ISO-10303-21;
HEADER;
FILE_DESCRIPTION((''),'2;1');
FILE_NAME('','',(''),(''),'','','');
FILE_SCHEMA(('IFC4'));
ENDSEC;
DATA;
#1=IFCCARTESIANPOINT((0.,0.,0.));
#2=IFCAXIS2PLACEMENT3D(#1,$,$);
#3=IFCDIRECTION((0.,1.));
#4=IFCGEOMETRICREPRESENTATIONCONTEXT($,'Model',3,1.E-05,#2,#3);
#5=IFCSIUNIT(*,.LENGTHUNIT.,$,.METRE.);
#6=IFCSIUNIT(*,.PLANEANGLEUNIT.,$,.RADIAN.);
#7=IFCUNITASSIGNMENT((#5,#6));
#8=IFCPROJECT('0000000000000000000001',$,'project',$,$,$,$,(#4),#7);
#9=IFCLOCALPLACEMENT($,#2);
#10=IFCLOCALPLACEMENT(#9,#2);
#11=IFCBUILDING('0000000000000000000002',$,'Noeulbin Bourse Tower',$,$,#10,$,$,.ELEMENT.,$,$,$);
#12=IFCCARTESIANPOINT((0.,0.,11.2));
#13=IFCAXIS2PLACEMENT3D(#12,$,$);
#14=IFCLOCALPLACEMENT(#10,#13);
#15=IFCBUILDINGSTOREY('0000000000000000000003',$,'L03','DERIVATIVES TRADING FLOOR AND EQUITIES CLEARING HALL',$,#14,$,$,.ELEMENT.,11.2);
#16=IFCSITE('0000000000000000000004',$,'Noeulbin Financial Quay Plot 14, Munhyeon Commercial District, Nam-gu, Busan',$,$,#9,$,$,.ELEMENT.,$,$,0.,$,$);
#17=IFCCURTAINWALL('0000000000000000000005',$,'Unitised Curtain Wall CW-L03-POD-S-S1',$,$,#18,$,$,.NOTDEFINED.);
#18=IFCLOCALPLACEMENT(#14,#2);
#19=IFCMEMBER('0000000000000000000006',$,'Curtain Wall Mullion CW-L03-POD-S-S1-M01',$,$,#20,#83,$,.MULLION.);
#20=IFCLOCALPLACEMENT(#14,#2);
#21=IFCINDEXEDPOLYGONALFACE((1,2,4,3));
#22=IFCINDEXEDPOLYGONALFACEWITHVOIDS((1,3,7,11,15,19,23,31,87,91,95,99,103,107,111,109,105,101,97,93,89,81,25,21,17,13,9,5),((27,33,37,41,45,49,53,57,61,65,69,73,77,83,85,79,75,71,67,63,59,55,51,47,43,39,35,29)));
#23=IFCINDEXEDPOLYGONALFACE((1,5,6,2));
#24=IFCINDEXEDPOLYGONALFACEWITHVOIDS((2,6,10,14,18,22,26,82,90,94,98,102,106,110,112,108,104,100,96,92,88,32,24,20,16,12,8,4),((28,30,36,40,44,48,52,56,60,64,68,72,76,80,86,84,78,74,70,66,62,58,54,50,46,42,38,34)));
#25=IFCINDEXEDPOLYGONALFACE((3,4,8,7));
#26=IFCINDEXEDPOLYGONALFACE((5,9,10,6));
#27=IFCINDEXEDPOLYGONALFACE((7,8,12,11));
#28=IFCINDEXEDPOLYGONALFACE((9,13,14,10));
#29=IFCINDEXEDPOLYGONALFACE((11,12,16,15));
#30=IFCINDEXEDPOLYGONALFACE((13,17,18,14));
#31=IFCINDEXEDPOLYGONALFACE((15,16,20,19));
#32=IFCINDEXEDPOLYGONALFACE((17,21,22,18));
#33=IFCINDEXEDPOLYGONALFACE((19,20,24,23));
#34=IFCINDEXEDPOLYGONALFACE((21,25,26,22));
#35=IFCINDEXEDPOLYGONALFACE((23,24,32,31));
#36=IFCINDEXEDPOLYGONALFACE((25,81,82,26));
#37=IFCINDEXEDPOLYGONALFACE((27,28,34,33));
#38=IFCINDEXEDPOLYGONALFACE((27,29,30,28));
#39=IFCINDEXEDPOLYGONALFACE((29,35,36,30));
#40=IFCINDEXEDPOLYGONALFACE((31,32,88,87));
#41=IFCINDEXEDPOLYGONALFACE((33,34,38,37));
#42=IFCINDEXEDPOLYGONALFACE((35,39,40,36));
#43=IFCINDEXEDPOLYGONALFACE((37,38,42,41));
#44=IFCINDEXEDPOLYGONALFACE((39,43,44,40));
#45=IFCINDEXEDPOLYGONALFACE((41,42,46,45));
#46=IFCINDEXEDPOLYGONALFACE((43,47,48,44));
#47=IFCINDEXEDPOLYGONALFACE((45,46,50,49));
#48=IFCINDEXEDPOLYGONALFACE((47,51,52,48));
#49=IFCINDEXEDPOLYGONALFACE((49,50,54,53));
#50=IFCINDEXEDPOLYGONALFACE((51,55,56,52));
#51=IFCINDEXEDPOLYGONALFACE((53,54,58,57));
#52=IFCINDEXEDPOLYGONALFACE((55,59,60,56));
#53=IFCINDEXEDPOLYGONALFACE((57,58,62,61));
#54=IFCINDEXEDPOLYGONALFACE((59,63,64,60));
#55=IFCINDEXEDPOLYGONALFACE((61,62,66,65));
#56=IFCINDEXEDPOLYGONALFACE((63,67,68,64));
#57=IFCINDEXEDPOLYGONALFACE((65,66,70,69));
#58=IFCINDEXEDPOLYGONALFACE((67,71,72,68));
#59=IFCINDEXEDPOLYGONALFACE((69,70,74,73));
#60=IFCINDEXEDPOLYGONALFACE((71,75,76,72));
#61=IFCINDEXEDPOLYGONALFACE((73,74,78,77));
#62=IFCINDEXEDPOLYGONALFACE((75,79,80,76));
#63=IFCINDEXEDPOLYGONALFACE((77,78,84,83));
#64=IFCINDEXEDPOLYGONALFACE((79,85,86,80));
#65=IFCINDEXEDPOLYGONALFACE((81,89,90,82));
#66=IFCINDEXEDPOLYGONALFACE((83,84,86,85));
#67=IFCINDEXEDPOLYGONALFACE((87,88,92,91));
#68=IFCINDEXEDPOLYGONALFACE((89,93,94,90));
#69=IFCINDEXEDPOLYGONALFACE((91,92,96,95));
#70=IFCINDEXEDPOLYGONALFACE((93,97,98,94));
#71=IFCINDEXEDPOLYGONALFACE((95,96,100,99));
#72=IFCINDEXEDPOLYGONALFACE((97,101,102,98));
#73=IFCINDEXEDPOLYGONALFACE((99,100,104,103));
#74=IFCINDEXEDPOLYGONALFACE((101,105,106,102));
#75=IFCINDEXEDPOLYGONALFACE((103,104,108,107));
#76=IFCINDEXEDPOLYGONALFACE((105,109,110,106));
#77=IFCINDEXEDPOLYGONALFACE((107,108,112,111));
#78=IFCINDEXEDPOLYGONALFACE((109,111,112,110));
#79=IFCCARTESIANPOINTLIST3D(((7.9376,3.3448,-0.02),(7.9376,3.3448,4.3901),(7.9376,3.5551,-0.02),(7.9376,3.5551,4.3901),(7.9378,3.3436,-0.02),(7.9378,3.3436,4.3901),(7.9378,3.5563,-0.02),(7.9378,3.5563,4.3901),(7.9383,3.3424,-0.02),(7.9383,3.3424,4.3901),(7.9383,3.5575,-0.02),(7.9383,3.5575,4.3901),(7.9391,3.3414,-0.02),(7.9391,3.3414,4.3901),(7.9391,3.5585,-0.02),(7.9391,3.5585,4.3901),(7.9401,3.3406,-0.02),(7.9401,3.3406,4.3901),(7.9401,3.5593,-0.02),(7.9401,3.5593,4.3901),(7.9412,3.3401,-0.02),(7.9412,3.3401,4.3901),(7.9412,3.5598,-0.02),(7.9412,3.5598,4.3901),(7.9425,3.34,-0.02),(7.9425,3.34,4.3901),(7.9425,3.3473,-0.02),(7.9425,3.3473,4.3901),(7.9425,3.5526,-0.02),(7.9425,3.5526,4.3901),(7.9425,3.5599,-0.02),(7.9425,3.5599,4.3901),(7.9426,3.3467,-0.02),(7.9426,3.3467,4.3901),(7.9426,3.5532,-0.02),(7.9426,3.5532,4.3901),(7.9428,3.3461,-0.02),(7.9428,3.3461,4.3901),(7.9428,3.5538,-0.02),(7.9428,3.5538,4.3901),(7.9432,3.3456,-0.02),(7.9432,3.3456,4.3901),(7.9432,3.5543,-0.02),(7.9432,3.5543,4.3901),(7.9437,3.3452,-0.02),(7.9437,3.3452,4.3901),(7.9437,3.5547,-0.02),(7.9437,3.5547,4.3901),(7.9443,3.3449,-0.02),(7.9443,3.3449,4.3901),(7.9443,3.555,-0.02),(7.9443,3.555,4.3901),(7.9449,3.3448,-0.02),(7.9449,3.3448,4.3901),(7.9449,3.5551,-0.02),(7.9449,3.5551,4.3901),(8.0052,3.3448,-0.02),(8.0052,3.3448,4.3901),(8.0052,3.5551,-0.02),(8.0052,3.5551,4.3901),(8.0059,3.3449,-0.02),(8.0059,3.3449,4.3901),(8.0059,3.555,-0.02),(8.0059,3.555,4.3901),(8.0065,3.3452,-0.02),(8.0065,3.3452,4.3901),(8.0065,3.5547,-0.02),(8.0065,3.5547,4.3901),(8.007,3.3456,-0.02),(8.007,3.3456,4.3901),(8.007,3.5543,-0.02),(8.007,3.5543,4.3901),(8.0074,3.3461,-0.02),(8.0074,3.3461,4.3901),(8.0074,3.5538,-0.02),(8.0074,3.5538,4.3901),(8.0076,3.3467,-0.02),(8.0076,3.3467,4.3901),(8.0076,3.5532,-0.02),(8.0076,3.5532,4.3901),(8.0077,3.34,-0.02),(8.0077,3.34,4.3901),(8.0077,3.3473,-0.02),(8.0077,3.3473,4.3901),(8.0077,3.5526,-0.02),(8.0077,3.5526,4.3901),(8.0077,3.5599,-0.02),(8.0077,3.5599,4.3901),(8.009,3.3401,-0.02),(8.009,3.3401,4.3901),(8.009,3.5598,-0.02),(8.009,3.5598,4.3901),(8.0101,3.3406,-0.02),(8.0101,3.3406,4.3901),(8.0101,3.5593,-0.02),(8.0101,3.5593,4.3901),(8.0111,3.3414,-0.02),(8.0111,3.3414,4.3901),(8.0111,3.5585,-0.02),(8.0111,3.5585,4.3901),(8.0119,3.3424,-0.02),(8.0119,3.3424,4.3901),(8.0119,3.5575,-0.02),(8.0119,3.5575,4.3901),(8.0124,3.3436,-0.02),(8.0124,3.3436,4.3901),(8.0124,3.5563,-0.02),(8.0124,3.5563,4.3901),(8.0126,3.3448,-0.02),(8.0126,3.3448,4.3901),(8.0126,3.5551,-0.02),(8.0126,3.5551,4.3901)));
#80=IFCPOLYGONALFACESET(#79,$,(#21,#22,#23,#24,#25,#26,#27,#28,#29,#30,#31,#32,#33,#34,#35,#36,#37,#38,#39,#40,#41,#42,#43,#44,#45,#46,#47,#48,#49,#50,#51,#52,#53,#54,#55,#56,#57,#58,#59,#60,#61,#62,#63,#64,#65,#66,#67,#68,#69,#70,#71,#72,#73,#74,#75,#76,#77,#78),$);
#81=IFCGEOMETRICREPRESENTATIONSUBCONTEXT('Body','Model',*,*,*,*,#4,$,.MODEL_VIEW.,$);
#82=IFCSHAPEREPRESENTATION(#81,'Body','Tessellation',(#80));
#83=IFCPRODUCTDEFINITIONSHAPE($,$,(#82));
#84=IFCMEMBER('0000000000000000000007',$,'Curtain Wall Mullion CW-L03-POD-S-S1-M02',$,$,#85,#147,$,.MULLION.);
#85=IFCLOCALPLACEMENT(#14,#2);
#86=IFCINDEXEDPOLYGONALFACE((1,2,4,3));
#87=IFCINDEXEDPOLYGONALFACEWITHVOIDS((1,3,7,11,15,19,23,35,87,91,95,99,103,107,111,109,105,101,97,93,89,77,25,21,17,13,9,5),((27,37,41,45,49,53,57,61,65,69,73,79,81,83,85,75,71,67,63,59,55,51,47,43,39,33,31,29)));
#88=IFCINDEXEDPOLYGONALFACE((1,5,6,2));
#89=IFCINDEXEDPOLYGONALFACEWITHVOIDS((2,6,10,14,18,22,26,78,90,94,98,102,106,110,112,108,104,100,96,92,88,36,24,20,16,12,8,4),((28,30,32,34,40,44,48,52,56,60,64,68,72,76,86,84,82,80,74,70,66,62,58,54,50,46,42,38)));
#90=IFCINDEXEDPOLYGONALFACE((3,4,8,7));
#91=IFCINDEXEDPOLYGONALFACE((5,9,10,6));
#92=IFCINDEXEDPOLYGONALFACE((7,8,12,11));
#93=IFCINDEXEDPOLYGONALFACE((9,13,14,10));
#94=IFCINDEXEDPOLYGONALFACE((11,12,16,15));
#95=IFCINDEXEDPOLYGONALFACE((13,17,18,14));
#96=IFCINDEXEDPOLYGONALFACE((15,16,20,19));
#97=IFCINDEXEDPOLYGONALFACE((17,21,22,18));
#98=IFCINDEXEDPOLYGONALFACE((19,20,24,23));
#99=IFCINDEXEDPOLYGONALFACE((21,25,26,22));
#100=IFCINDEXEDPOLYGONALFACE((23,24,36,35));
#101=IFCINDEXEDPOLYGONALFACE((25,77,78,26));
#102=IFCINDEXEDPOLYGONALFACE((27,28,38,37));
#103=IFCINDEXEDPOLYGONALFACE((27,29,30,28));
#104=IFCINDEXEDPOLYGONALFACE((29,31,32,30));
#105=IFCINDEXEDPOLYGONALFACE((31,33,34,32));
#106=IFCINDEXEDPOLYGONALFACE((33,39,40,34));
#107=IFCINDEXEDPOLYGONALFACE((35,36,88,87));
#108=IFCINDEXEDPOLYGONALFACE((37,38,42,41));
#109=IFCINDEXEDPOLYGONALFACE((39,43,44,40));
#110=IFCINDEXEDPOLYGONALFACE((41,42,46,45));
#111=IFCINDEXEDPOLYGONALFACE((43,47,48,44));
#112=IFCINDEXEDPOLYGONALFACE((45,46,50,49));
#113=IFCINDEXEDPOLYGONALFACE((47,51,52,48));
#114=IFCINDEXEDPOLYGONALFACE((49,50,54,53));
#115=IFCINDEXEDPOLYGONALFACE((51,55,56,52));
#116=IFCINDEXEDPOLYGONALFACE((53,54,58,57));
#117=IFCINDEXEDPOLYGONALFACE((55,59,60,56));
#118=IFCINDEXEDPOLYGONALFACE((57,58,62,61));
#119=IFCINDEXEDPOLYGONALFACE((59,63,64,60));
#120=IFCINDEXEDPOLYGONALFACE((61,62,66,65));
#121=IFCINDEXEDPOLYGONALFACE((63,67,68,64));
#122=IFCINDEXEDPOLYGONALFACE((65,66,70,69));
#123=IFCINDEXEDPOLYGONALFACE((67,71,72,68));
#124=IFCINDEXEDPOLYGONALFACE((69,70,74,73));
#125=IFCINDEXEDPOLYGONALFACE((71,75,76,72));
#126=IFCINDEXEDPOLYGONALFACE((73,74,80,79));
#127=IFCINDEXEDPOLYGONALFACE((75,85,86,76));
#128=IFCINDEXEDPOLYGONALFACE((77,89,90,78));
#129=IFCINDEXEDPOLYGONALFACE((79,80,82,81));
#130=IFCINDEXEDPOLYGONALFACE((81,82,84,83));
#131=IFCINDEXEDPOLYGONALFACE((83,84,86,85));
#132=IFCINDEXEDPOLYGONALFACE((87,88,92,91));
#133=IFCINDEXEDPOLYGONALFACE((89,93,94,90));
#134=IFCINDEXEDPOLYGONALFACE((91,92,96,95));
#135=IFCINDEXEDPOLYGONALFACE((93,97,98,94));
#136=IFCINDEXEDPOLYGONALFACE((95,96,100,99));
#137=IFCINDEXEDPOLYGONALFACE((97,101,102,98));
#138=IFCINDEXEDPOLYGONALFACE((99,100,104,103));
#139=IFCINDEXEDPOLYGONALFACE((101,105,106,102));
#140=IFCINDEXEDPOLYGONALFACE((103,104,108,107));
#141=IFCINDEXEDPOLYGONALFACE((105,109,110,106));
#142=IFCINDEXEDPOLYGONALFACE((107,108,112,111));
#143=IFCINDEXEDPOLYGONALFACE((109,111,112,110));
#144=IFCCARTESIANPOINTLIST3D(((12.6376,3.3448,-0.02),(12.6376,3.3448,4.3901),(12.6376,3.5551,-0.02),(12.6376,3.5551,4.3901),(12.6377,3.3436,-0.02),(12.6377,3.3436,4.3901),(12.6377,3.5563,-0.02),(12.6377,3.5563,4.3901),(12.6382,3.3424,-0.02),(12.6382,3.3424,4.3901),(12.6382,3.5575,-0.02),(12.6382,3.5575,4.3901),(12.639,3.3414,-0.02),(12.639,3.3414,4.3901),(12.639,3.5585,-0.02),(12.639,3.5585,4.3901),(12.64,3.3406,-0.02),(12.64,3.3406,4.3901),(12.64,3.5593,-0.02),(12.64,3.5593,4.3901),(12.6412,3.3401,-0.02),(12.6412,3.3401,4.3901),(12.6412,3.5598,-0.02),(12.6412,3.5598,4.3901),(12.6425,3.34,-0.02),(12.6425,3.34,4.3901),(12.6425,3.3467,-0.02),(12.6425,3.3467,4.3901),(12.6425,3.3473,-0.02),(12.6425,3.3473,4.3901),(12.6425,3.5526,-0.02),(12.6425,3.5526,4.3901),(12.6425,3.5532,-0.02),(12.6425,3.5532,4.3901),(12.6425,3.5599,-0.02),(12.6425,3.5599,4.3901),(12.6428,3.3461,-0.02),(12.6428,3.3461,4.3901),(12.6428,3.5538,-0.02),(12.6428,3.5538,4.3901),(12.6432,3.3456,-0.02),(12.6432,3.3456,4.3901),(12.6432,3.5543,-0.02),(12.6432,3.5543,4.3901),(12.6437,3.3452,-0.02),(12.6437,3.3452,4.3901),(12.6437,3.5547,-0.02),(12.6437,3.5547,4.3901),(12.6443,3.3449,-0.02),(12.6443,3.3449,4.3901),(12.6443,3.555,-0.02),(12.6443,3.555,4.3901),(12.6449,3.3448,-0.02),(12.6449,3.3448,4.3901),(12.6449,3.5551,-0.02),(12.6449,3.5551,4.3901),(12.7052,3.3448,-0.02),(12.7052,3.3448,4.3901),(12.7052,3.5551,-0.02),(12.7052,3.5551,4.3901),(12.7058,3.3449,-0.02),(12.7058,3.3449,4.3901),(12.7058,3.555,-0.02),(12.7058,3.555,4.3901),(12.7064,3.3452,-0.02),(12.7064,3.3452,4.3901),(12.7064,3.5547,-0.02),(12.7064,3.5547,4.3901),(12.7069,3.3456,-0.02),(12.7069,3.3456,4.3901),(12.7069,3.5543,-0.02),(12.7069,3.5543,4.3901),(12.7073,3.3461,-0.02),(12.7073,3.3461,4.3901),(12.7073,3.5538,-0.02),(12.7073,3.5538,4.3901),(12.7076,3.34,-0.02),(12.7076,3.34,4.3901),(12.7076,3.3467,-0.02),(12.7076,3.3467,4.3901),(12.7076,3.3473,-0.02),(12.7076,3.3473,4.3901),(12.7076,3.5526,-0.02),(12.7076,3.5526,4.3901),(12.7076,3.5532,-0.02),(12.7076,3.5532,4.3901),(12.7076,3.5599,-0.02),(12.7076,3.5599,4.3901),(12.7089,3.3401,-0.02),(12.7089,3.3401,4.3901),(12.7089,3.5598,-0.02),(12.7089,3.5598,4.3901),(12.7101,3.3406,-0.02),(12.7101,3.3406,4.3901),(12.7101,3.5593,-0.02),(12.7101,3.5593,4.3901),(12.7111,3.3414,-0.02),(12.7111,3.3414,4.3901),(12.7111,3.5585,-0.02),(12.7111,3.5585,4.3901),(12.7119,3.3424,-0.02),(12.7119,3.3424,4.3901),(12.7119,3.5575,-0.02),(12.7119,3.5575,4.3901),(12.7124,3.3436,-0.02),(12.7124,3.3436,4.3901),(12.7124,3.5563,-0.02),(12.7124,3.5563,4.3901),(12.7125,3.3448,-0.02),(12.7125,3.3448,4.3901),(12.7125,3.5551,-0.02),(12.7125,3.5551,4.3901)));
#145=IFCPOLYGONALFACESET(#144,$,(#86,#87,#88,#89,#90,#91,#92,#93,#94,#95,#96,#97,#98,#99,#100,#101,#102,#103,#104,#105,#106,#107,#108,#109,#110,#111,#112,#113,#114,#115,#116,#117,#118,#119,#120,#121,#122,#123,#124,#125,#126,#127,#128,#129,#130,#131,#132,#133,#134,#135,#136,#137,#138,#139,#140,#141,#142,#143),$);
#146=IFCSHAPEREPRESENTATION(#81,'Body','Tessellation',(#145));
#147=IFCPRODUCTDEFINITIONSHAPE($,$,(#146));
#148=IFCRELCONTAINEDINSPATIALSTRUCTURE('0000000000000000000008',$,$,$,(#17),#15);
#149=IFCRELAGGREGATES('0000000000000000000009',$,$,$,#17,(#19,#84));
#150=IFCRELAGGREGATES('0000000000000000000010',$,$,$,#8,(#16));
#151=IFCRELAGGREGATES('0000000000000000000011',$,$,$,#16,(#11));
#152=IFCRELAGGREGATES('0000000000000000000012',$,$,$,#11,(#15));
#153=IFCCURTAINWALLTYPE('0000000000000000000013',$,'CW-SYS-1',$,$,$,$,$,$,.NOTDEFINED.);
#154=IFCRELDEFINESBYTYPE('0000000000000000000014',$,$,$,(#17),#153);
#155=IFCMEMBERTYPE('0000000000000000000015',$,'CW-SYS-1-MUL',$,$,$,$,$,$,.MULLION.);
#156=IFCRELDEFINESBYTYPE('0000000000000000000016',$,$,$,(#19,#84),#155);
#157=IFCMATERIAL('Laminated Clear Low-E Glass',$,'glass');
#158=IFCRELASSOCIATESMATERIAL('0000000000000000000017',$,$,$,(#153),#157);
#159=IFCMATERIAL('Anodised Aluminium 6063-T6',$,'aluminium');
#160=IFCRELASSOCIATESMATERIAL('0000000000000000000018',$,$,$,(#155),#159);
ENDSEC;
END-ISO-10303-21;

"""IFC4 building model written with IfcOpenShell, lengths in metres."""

from ifc_helpers import new_model, si_unit, direction, frame, origin, origin_2d, place, context, subcontext, project, spatial, hollow_rectangle, extrude, material, material_profile, profile_set, type_object, element, aggregate, save


model = new_model("IFC4")

# Units and contexts
model_context = context("Model", 3, precision=1e-05, world=origin(), true_north=direction((0.0, 1.0)))
body_context = subcontext(model_context, "Body", "Model", "MODEL_VIEW")
ifc_project = project(units=[si_unit("LENGTHUNIT", "METRE"), si_unit("PLANEANGLEUNIT", "RADIAN")], contexts=[model_context])

# Site, building, storey
site_placement = place(None, origin())
site = spatial("IfcSite", under=ifc_project, at=site_placement, Name="Noeulbin Financial Quay Plot 14, Munhyeon Commercial District, Nam-gu, Busan", CompositionType="ELEMENT", RefElevation=0.0)
building_placement = place(site_placement, origin())
building = spatial("IfcBuilding", under=site, at=building_placement, Name="Noeulbin Bourse Tower", CompositionType="ELEMENT")
storey_placement = place(building_placement, frame((0.0, 0.0, 11.2)))
storey = spatial("IfcBuildingStorey", under=building, at=storey_placement, Name="L03", Description="DERIVATIVES TRADING FLOOR AND EQUITIES CLEARING HALL", CompositionType="ELEMENT", Elevation=11.2)

# Curtain wall, members
ifc_material_1 = material(Name="Laminated Clear Low-E Glass", Category="glass")
curtain_wall_type = type_object("IfcCurtainWallType", Name="CW-SYS-1", PredefinedType="NOTDEFINED", material=ifc_material_1)
curtain_wall_1_placement = place(storey_placement, origin())
curtain_wall_1 = element("IfcCurtainWall", 1, at=curtain_wall_1_placement, inside=storey, type_object=curtain_wall_type, Name="Unitised Curtain Wall CW-L03-POD-S-S1", PredefinedType="NOTDEFINED")
ifc_material_2 = material(Name="Anodised Aluminium 6063-T6", Category="aluminium")
ifc_material_profile_1 = material_profile(ifc_material_2, hollow_rectangle(XDim=0.075, YDim=0.22, WallThickness=0.0049, InnerFilletRadius=0.0024, OuterFilletRadius=0.0049, at=origin_2d()), Name="ALU-MULL-75x220x5", Category="LoadBearing")
ifc_profile_set_1 = profile_set([ifc_material_profile_1], Name="Anodised Aluminium 6063-T6")
member_type_1 = type_object("IfcMemberType", Name="CW-SYS-1-MUL", PredefinedType="MULLION", material=ifc_profile_set_1)
member_1_placement = place(storey_placement, frame((7.9751, 3.45, -0.02), z_axis=(0.0, 0.0, 1.0), x_axis=(1.0, 0.0, 0.0)))
member_1 = element("IfcMember", 2, at=member_1_placement, type_object=member_type_1, Name="Curtain Wall Mullion CW-L03-POD-S-S1-M01", PredefinedType="MULLION", context=body_context, shape_type="SweptSolid", body=[
    extrude(hollow_rectangle(XDim=0.075, YDim=0.22, WallThickness=0.0049, InnerFilletRadius=0.0024, OuterFilletRadius=0.0049, at=origin_2d()), origin(), (0.0, 0.0, 1.0), 4.4102),
])
member_2_placement = place(storey_placement, frame((12.675, 3.45, -0.02), z_axis=(0.0, 0.0, 1.0), x_axis=(1.0, 0.0, 0.0)))
member_2 = element("IfcMember", 3, at=member_2_placement, type_object=member_type_1, Name="Curtain Wall Mullion CW-L03-POD-S-S1-M02", PredefinedType="MULLION", context=body_context, shape_type="SweptSolid", body=[
    extrude(hollow_rectangle(XDim=0.075, YDim=0.22, WallThickness=0.0049, InnerFilletRadius=0.0024, OuterFilletRadius=0.0049, at=origin_2d()), origin(), (0.0, 0.0, 1.0), 4.4102),
])

aggregate(curtain_wall_1, [member_1, member_2])

save(model, "model.ifc")
